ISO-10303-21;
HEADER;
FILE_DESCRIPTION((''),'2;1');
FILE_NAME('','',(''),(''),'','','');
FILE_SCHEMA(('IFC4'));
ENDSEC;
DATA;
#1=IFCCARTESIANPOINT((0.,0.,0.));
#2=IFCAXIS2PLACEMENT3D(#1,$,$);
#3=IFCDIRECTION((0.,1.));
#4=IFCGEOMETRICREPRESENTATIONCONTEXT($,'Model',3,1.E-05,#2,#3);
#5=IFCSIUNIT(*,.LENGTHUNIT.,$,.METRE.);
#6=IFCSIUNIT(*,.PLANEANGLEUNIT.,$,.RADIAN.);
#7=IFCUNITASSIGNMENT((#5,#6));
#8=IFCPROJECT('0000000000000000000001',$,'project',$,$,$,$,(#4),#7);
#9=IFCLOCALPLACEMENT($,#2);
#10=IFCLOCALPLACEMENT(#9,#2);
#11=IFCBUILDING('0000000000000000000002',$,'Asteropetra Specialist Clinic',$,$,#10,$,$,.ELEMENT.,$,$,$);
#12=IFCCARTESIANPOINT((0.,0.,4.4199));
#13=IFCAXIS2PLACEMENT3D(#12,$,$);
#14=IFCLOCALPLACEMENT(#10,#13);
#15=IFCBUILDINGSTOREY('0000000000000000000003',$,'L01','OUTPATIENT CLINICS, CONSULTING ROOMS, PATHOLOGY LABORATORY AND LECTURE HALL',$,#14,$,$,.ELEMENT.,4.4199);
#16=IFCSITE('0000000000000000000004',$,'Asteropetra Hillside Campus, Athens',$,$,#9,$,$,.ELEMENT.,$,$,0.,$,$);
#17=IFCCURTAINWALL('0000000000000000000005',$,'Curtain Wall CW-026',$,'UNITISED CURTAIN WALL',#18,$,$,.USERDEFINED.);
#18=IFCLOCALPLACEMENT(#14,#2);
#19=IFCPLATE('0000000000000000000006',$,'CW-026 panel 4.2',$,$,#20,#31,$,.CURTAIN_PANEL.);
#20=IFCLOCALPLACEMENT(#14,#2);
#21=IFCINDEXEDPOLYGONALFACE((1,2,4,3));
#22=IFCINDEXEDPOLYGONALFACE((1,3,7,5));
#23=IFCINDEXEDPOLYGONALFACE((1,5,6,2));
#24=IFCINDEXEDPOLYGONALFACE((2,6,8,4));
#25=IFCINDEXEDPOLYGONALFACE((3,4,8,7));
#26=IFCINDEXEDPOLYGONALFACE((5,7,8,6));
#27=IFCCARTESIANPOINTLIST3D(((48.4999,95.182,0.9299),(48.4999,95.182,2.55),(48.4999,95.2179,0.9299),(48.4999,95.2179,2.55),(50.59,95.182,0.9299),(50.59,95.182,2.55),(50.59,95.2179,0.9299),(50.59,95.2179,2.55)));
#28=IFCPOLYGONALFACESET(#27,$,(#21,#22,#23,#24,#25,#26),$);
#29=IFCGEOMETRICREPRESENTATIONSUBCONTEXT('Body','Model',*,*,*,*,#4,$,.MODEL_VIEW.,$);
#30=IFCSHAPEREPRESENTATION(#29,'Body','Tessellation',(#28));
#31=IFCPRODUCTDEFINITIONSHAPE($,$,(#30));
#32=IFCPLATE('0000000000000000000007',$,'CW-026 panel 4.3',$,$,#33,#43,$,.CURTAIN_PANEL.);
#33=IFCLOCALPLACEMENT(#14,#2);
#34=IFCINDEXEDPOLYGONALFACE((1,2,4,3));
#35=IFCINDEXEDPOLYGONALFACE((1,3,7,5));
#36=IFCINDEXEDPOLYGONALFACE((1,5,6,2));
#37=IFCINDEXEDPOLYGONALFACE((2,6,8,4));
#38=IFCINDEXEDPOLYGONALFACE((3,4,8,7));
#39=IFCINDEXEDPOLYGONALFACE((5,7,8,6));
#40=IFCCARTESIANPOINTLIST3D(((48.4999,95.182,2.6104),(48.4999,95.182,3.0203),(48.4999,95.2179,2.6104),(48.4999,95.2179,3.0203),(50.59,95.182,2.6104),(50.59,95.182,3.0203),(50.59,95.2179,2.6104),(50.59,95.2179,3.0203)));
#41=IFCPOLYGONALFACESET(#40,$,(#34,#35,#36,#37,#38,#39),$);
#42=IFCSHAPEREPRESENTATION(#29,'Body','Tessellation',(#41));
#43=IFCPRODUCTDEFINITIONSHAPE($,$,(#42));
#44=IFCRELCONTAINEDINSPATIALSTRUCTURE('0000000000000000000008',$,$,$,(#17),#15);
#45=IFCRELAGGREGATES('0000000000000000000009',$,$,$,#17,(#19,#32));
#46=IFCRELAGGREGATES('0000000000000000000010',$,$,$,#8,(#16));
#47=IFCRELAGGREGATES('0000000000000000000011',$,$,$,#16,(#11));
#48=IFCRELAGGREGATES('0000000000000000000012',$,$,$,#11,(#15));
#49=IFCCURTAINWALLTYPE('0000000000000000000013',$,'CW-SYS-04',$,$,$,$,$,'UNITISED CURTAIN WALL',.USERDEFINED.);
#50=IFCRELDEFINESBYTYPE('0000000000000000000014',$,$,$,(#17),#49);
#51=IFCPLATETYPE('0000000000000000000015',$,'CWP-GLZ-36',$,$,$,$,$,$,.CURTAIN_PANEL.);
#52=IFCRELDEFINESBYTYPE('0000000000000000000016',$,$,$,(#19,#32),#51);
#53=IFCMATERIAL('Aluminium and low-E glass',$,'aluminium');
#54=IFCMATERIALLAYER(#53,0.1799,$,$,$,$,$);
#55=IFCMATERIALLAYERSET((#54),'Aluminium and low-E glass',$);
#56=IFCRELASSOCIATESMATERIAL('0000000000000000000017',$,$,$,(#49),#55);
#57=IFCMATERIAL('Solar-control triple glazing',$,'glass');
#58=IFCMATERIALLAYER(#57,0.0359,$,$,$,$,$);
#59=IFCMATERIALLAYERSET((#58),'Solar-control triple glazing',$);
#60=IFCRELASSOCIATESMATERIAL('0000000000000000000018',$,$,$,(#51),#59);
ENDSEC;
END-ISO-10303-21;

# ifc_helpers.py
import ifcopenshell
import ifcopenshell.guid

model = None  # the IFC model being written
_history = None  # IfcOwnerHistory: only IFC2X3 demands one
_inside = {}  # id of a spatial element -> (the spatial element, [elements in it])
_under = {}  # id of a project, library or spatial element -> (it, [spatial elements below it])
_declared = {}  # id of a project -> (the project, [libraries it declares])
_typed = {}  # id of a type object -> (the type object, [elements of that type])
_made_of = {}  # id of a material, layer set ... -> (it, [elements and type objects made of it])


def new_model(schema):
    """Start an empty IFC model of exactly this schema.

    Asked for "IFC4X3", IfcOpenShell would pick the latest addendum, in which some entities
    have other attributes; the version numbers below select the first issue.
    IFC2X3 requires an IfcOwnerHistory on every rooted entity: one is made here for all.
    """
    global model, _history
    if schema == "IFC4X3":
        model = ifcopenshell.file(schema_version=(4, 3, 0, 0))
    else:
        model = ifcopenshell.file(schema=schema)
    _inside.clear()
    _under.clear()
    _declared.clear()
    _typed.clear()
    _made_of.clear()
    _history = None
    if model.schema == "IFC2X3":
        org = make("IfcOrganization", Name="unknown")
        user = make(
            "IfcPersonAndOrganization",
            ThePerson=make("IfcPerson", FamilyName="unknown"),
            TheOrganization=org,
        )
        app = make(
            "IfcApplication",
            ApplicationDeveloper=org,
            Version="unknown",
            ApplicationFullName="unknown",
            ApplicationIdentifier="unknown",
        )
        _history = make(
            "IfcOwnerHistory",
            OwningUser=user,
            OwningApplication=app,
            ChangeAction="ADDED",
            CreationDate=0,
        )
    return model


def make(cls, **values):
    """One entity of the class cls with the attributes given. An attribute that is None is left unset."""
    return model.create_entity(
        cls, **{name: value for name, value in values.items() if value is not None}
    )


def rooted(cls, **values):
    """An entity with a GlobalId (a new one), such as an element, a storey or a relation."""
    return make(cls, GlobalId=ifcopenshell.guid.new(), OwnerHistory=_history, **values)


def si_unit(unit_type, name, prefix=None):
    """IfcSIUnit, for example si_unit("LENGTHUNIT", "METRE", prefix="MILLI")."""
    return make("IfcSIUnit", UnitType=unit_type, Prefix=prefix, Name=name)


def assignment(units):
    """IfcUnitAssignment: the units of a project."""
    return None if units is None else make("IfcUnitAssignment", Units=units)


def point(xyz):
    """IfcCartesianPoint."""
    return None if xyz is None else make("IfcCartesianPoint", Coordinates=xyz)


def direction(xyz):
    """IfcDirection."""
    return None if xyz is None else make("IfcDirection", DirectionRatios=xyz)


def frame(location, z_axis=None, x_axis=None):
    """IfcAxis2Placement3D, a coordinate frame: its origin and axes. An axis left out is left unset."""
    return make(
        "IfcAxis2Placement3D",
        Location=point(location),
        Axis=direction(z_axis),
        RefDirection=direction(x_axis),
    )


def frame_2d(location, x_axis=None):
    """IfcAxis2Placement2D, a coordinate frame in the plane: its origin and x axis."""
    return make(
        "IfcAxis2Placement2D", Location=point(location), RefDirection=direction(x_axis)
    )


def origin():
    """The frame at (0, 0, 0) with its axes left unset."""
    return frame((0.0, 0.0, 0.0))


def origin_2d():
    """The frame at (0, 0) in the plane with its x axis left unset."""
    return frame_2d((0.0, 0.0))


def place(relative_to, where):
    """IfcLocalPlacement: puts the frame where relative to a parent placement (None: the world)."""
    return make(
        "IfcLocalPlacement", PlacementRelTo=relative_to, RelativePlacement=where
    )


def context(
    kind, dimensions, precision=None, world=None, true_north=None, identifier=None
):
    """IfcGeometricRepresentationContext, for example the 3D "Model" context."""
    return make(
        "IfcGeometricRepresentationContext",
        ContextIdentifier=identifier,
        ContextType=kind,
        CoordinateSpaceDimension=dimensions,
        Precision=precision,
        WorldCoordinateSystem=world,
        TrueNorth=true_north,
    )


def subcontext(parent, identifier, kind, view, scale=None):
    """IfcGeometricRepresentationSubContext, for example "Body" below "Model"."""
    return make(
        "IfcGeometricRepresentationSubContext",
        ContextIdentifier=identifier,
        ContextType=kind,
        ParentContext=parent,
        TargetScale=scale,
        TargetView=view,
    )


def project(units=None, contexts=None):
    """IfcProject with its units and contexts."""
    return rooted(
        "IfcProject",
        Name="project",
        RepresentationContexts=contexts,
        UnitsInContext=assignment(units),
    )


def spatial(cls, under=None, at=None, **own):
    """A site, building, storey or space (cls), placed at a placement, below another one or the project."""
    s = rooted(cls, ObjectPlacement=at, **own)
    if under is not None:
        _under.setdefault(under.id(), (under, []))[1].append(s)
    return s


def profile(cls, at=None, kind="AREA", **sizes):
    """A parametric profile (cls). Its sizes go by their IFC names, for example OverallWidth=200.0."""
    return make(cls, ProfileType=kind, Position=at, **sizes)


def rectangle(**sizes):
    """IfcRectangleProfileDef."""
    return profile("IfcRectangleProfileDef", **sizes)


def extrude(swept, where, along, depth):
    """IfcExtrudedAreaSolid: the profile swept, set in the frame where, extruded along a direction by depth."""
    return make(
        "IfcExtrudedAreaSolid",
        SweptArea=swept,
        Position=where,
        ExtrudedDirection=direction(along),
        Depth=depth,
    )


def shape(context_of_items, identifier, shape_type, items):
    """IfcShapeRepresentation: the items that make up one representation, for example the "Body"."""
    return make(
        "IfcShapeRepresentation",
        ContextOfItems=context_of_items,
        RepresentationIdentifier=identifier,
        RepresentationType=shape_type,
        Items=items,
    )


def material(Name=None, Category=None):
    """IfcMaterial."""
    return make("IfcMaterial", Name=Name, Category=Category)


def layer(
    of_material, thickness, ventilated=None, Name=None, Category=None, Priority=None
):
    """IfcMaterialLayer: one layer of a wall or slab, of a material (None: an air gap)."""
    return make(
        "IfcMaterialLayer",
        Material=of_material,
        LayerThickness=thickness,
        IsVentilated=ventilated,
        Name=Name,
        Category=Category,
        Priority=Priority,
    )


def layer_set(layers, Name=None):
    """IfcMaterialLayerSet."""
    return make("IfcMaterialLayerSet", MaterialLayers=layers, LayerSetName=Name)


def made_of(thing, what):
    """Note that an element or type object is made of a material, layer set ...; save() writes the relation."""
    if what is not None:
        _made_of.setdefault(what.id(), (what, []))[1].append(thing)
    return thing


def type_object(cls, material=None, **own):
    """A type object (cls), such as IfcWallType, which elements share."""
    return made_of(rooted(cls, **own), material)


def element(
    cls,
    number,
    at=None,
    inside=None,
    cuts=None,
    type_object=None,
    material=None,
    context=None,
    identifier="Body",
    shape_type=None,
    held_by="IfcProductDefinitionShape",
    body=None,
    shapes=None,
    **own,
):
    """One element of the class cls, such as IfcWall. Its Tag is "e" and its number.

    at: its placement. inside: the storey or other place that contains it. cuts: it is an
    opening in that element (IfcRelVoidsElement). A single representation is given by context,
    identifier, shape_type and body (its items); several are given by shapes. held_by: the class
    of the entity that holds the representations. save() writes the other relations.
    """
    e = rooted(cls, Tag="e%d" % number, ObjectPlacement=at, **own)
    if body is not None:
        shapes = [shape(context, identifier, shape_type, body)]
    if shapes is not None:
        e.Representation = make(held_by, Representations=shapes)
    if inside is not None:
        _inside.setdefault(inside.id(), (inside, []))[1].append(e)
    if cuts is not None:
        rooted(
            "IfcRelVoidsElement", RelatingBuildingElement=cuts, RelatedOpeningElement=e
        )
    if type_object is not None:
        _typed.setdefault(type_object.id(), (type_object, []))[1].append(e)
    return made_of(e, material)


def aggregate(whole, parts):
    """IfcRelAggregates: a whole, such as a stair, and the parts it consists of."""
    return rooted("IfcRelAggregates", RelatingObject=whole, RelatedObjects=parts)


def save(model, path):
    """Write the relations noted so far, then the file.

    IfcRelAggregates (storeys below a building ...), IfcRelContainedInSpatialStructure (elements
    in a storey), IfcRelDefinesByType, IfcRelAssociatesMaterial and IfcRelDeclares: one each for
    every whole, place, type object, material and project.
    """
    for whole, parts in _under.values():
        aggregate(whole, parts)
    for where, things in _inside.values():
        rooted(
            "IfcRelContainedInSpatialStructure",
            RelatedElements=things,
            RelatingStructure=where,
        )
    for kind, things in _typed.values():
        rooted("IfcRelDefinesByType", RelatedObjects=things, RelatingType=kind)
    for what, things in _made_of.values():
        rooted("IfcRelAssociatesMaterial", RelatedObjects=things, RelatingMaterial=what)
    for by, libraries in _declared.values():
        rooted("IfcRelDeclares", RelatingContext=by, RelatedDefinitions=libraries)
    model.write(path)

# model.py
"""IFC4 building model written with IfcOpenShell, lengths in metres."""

from ifc_helpers import new_model, si_unit, direction, frame, origin, origin_2d, place, context, subcontext, project, spatial, rectangle, extrude, material, layer, layer_set, type_object, element, aggregate, save


model = new_model("IFC4")

# Units and contexts
model_context = context("Model", 3, precision=1e-05, world=origin(), true_north=direction((0.0, 1.0)))
body_context = subcontext(model_context, "Body", "Model", "MODEL_VIEW")
ifc_project = project(units=[si_unit("LENGTHUNIT", "METRE"), si_unit("PLANEANGLEUNIT", "RADIAN")], contexts=[model_context])

# Site, building, storey
site_placement = place(None, origin())
site = spatial("IfcSite", under=ifc_project, at=site_placement, Name="Asteropetra Hillside Campus, Athens", CompositionType="ELEMENT", RefElevation=0.0)
building_placement = place(site_placement, origin())
building = spatial("IfcBuilding", under=site, at=building_placement, Name="Asteropetra Specialist Clinic", CompositionType="ELEMENT")
storey_placement = place(building_placement, frame((0.0, 0.0, 4.4199)))
storey = spatial("IfcBuildingStorey", under=building, at=storey_placement, Name="L01", Description="OUTPATIENT CLINICS, CONSULTING ROOMS, PATHOLOGY LABORATORY AND LECTURE HALL", CompositionType="ELEMENT", Elevation=4.4199)

# Curtain wall
ifc_material_1 = material(Name="Aluminium and low-E glass", Category="aluminium")
ifc_layer_1 = layer(ifc_material_1, 0.1799)
ifc_layer_set_1 = layer_set([ifc_layer_1], Name="Aluminium and low-E glass")
curtain_wall_type_1 = type_object("IfcCurtainWallType", Name="CW-SYS-04", ElementType="UNITISED CURTAIN WALL", PredefinedType="USERDEFINED", material=ifc_layer_set_1)
curtain_wall_1_placement = place(storey_placement, origin())
curtain_wall_1 = element("IfcCurtainWall", 1, at=curtain_wall_1_placement, inside=storey, type_object=curtain_wall_type_1, Name="Curtain Wall CW-026", ObjectType="UNITISED CURTAIN WALL", PredefinedType="USERDEFINED")

# Plates
ifc_material_2 = material(Name="Solar-control triple glazing", Category="glass")
ifc_layer_2 = layer(ifc_material_2, 0.0359)
ifc_layer_set_2 = layer_set([ifc_layer_2], Name="Solar-control triple glazing")
plate_type = type_object("IfcPlateType", Name="CWP-GLZ-36", PredefinedType="CURTAIN_PANEL", material=ifc_layer_set_2)
plate_1_placement = place(storey_placement, frame((49.5449, 95.2, 0.9299), z_axis=(0.0, 0.0, 1.0), x_axis=(-1.0, 0.0, 0.0)))
plate_1 = element("IfcPlate", 2, at=plate_1_placement, type_object=plate_type, Name="CW-026 panel 4.2", PredefinedType="CURTAIN_PANEL", context=body_context, shape_type="SweptSolid", body=[
    extrude(rectangle(XDim=2.0901, YDim=0.0359, at=origin_2d()), origin(), (0.0, 0.0, 1.0), 1.6201),
])
plate_2_placement = place(storey_placement, frame((49.5449, 95.2, 2.6104), z_axis=(0.0, 0.0, 1.0), x_axis=(-1.0, 0.0, 0.0)))
plate_2 = element("IfcPlate", 3, at=plate_2_placement, type_object=plate_type, Name="CW-026 panel 4.3", PredefinedType="CURTAIN_PANEL", context=body_context, shape_type="SweptSolid", body=[
    extrude(rectangle(XDim=2.0901, YDim=0.0359, at=origin_2d()), origin(), (0.0, 0.0, 1.0), 0.4099),
])
aggregate(curtain_wall_1, [plate_1, plate_2])

save(model, "model.ifc")
